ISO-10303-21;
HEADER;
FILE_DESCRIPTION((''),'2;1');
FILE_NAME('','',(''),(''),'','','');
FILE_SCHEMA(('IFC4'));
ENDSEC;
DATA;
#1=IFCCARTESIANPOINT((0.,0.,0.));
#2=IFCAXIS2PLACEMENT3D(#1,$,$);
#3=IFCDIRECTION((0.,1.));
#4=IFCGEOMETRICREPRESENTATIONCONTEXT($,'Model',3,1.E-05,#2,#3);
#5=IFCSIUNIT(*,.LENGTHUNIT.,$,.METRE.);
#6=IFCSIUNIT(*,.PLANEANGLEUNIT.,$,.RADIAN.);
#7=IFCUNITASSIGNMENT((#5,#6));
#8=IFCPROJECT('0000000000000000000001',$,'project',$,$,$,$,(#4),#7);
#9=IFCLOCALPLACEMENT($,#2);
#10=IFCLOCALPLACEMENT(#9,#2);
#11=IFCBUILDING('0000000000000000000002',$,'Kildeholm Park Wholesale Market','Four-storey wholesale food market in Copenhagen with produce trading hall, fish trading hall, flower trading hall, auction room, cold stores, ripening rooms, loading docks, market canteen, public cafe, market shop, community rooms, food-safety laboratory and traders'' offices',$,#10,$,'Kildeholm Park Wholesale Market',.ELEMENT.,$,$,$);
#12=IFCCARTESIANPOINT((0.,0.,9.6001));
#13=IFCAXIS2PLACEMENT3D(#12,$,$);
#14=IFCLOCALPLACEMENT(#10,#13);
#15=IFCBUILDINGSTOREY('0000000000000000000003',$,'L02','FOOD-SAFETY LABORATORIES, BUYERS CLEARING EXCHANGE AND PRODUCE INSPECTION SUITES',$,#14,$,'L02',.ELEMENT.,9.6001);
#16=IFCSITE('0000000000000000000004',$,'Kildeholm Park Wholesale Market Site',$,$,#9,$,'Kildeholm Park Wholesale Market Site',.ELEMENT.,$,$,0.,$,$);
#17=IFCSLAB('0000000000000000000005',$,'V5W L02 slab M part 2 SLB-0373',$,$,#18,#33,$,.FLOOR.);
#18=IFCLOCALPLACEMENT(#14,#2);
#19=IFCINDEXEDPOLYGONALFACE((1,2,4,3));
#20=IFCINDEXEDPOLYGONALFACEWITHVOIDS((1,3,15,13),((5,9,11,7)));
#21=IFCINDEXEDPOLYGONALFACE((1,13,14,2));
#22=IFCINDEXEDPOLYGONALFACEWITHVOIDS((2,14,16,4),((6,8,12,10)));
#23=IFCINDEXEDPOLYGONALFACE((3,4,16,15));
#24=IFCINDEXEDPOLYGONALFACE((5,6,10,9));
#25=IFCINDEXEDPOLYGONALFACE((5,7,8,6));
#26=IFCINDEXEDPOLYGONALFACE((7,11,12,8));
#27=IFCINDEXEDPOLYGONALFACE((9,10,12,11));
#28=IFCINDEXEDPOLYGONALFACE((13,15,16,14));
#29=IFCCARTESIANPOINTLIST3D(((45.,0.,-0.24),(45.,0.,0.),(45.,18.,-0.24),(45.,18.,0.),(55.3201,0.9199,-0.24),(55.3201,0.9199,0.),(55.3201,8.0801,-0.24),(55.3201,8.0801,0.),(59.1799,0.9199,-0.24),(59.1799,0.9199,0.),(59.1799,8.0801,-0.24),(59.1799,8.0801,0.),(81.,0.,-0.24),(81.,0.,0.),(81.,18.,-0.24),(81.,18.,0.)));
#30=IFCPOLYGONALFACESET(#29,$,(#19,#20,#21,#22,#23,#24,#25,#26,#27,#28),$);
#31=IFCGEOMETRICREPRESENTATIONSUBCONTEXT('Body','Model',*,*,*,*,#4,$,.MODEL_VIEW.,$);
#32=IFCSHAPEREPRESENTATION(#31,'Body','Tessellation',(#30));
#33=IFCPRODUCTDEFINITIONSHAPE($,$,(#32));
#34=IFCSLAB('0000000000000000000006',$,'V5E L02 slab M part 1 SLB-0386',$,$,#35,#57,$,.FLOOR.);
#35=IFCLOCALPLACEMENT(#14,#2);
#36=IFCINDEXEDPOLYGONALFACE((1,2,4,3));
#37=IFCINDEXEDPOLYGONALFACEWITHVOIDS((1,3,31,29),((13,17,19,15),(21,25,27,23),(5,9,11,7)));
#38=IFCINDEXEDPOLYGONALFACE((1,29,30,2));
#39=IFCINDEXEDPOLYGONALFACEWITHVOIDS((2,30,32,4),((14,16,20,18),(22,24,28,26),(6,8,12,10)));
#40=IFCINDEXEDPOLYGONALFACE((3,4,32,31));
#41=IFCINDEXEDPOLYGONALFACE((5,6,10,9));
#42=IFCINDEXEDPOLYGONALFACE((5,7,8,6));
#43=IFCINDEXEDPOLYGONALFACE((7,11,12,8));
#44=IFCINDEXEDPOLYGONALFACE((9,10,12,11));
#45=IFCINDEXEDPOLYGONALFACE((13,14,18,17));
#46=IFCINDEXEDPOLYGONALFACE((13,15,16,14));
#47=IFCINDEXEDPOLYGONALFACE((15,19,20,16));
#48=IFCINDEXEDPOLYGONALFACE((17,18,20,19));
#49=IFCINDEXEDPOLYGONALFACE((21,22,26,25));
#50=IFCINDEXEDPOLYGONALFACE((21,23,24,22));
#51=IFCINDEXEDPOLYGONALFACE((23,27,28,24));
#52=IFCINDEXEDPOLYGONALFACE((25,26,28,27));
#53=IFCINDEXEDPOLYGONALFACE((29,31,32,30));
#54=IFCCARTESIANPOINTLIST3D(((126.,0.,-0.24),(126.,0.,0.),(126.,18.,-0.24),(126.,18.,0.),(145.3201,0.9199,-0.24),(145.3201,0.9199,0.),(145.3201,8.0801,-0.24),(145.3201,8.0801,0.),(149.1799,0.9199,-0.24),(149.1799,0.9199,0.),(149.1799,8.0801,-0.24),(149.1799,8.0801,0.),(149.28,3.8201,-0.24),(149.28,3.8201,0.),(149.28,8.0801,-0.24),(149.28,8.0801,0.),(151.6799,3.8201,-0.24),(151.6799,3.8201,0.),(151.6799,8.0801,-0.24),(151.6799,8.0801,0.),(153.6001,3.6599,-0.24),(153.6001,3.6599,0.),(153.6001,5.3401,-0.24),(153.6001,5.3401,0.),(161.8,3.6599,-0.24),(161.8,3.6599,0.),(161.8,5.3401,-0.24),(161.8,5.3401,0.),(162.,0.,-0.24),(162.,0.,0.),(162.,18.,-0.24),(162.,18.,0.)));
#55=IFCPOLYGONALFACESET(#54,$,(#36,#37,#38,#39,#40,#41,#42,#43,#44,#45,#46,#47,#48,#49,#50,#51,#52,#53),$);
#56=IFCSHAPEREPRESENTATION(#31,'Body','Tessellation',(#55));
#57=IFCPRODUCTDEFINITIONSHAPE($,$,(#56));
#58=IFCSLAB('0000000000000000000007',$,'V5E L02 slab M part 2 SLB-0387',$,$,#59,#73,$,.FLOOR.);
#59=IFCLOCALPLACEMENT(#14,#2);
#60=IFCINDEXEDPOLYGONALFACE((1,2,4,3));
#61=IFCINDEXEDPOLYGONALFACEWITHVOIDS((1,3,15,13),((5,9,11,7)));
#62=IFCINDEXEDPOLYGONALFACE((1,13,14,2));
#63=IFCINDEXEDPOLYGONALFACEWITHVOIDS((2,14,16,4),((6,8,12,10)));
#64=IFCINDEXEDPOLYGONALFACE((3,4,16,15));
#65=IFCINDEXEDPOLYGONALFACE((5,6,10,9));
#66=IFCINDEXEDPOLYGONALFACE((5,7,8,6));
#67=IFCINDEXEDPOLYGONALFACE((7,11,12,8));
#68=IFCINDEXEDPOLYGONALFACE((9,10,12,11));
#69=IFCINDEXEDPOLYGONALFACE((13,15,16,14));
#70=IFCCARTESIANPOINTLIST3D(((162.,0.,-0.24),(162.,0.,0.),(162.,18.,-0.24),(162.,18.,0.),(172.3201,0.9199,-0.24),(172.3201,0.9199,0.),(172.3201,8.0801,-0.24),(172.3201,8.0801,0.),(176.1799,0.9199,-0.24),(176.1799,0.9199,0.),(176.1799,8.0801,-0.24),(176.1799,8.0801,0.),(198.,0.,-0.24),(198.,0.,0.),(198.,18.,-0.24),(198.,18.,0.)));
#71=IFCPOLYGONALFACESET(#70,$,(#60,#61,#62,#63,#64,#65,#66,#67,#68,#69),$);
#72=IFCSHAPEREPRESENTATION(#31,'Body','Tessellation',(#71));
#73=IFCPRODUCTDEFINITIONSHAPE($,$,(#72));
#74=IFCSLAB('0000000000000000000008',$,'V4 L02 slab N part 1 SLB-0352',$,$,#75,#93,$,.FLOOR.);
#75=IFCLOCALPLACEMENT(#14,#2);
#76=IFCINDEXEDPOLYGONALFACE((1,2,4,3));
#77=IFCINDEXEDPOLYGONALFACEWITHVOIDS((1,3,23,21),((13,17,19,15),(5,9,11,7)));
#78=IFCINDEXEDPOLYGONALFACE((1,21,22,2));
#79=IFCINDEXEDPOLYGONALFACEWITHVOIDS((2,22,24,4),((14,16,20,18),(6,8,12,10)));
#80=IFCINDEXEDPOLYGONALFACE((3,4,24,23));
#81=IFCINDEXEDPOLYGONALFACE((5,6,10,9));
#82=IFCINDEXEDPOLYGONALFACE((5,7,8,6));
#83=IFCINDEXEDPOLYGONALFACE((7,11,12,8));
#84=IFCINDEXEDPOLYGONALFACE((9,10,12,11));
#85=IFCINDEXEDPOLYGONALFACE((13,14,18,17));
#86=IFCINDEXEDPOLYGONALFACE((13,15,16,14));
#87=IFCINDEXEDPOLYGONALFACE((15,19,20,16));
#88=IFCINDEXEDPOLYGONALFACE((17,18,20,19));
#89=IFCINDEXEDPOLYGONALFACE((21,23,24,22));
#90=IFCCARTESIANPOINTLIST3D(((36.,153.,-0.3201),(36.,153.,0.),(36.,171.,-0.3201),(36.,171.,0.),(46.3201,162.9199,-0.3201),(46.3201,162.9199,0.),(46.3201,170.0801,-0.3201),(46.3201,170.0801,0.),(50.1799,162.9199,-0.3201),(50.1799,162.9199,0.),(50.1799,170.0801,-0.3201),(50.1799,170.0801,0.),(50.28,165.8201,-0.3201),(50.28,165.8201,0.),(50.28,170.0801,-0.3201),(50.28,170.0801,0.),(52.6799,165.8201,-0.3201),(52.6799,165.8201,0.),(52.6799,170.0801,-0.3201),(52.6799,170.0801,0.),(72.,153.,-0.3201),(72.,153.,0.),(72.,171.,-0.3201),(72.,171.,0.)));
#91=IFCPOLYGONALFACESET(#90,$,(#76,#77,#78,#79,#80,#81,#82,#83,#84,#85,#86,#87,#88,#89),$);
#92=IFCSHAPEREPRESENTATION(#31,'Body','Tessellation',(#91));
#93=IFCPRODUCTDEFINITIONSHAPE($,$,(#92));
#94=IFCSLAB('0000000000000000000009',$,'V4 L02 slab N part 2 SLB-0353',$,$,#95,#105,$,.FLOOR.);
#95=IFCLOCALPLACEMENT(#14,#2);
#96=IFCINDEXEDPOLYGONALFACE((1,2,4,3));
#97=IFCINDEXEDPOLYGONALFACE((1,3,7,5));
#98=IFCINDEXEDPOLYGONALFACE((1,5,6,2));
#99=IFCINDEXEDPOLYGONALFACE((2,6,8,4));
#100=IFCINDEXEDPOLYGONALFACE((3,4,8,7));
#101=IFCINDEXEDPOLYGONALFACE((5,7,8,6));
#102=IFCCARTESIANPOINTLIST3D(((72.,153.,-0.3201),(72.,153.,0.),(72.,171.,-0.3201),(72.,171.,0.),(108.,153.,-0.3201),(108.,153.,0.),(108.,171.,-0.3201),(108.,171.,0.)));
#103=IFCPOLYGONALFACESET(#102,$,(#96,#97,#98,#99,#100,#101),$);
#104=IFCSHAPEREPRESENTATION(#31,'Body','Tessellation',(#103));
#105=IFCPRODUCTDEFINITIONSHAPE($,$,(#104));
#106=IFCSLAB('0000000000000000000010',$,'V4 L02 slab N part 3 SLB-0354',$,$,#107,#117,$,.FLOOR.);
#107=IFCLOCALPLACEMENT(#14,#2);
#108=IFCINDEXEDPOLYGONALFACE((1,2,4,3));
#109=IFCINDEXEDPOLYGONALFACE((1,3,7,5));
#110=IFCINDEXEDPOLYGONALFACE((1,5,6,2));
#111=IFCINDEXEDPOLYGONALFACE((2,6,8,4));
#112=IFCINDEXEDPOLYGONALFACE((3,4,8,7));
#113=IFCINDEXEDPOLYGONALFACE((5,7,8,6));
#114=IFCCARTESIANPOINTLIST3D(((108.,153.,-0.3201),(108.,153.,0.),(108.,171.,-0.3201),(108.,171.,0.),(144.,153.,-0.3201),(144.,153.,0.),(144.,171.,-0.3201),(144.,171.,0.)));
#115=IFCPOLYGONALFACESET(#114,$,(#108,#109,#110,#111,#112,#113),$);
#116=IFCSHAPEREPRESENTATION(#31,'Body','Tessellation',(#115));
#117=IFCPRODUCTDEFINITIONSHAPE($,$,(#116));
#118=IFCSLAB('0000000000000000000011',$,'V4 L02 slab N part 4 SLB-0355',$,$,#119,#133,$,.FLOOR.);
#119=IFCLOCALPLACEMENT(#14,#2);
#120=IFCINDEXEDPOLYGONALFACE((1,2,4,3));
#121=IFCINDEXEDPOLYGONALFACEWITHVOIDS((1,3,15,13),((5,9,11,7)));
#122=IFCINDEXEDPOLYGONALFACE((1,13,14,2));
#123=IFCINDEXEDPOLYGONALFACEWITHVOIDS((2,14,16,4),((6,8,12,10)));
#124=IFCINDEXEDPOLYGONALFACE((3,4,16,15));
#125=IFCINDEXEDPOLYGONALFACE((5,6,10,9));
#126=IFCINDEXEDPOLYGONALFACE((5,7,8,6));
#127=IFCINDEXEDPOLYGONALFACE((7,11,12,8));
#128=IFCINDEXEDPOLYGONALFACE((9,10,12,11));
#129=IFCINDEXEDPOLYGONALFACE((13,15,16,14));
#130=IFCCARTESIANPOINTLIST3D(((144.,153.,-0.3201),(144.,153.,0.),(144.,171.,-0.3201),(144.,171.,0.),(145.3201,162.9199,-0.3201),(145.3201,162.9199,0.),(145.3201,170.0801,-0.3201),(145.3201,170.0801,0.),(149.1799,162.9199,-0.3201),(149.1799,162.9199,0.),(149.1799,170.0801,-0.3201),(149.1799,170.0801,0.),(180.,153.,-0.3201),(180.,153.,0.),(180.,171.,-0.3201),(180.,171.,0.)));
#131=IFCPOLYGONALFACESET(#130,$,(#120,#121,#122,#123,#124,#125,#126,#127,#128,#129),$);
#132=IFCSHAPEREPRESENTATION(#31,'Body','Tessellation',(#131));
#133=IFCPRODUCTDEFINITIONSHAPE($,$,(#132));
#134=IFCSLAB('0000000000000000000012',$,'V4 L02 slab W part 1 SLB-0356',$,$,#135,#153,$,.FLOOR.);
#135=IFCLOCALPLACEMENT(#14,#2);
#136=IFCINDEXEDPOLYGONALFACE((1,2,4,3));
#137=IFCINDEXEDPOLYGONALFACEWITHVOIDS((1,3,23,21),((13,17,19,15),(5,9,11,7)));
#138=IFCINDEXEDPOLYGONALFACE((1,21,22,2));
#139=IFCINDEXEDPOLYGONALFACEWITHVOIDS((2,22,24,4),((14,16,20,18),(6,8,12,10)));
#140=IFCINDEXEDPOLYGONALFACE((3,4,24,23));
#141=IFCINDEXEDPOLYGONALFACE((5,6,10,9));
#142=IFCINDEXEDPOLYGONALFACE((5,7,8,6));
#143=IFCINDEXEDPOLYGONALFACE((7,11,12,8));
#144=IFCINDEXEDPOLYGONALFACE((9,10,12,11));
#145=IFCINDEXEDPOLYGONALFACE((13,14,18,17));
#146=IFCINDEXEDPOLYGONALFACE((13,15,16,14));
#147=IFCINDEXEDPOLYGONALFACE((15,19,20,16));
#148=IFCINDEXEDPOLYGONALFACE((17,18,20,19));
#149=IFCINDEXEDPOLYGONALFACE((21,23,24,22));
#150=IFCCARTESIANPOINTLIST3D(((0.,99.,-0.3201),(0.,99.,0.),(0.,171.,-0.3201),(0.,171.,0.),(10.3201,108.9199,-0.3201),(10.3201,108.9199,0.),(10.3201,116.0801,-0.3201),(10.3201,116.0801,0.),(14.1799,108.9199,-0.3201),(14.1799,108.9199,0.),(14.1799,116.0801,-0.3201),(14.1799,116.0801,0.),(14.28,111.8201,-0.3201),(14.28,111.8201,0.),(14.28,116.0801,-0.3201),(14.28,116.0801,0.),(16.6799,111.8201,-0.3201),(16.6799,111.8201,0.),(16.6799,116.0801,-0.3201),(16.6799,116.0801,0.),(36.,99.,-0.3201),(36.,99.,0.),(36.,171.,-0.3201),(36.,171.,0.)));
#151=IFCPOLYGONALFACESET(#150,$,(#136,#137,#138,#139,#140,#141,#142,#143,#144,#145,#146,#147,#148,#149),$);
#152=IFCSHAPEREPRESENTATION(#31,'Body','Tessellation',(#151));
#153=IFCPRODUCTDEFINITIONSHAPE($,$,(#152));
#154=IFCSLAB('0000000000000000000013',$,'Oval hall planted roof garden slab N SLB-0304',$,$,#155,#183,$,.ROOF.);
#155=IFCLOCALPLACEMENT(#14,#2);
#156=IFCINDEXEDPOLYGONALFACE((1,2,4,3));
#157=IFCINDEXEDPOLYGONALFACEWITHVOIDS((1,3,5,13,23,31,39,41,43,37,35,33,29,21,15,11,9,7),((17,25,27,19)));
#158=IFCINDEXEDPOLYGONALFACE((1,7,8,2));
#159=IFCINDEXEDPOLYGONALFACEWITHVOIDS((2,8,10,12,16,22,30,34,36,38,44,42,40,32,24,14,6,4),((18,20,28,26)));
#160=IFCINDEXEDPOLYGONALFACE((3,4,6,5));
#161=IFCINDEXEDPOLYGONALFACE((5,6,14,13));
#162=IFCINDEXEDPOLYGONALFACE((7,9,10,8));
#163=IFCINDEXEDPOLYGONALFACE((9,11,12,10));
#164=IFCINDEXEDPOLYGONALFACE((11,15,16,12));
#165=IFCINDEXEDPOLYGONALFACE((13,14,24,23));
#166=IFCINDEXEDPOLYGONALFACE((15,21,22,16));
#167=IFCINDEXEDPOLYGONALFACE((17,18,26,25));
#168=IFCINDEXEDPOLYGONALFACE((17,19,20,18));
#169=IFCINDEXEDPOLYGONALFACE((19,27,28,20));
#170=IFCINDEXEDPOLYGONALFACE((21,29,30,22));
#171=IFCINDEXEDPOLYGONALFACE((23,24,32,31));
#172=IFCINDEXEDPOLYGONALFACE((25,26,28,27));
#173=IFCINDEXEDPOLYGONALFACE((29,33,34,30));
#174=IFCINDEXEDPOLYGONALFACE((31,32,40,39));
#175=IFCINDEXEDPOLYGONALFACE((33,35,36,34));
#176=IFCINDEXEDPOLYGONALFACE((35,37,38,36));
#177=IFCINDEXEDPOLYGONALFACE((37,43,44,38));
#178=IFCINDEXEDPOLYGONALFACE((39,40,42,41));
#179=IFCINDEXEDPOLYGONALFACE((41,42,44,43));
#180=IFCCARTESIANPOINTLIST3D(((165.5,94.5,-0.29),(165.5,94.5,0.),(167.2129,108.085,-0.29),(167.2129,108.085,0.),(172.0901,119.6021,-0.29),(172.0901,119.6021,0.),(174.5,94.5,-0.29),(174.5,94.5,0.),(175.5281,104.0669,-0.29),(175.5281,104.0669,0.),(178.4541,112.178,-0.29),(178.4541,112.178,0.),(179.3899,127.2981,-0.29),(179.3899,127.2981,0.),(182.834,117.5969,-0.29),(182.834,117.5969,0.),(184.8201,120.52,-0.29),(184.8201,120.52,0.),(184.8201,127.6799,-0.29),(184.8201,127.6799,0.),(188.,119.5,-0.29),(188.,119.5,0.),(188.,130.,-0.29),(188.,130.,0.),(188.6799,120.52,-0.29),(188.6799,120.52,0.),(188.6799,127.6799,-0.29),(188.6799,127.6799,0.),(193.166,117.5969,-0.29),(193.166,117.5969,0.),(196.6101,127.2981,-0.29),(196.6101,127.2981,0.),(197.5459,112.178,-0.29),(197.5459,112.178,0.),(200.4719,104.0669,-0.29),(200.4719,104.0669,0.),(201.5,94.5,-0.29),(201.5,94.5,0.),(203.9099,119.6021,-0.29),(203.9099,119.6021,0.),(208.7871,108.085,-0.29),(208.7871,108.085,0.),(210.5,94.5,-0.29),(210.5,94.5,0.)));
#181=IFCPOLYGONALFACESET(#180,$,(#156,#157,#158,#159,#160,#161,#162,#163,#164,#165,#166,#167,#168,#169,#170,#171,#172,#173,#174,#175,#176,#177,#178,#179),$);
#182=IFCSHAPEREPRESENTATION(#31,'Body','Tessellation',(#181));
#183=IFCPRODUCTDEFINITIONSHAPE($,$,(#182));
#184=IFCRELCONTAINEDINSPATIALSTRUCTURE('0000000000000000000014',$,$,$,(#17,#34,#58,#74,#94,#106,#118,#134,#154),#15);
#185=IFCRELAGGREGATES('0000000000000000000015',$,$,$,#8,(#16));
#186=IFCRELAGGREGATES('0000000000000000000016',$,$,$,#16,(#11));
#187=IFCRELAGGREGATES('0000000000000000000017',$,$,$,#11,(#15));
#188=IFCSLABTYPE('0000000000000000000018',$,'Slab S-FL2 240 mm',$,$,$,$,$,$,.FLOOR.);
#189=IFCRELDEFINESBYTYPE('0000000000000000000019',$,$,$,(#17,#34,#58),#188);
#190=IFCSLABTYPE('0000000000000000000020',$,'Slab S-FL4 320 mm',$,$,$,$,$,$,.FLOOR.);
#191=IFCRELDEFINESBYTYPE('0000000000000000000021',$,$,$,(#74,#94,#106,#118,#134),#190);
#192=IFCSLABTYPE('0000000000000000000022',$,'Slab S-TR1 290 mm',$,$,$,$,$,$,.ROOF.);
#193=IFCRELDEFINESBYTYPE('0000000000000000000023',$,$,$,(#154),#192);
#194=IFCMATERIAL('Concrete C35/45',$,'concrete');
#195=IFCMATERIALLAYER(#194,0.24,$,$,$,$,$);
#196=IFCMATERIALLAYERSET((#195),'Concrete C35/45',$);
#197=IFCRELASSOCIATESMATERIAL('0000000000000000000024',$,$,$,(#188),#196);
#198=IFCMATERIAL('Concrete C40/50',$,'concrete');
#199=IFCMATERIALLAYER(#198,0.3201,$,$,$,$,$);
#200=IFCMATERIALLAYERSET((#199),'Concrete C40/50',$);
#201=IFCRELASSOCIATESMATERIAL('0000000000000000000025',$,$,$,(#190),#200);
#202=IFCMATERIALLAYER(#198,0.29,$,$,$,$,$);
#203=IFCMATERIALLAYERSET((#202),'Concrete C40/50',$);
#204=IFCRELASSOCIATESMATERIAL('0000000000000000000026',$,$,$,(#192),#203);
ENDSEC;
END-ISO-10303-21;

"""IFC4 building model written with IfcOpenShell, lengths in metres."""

from ifc_helpers import new_model, si_unit, direction, frame, origin, place, context, subcontext, project, spatial, polyline, outline, extrude, material, layer, layer_set, type_object, element, save


model = new_model("IFC4")

# Units and contexts
model_context = context("Model", 3, precision=1e-05, world=origin(), true_north=direction((0.0, 1.0)))
body_context = subcontext(model_context, "Body", "Model", "MODEL_VIEW")
ifc_project = project(units=[si_unit("LENGTHUNIT", "METRE"), si_unit("PLANEANGLEUNIT", "RADIAN")], contexts=[model_context])

# Site, building, storey
site_placement = place(None, origin())
site = spatial("IfcSite", under=ifc_project, at=site_placement, Name="Kildeholm Park Wholesale Market Site", LongName="Kildeholm Park Wholesale Market Site", CompositionType="ELEMENT", RefElevation=0.0)
building_placement = place(site_placement, origin())
building = spatial("IfcBuilding", under=site, at=building_placement, Name="Kildeholm Park Wholesale Market", Description="Four-storey wholesale food market in Copenhagen with produce trading hall, fish trading hall, flower trading hall, auction room, cold stores, ripening rooms, loading docks, market canteen, public cafe, market shop, community rooms, food-safety laboratory and traders' offices", LongName="Kildeholm Park Wholesale Market", CompositionType="ELEMENT")
storey_placement = place(building_placement, frame((0.0, 0.0, 9.6001)))
storey = spatial("IfcBuildingStorey", under=building, at=storey_placement, Name="L02", Description="FOOD-SAFETY LABORATORIES, BUYERS CLEARING EXCHANGE AND PRODUCE INSPECTION SUITES", LongName="L02", CompositionType="ELEMENT", Elevation=9.6001)

# Slabs
ifc_material_1 = material(Name="Concrete C35/45", Category="concrete")
ifc_layer_1 = layer(ifc_material_1, 0.24)
ifc_layer_set_1 = layer_set([ifc_layer_1], Name="Concrete C35/45")
slab_type_1 = type_object("IfcSlabType", Name="Slab S-FL2 240 mm", PredefinedType="FLOOR", material=ifc_layer_set_1)
slab_1_placement = place(storey_placement, frame((0.0, 0.0, -0.24)))
element("IfcSlab", 1, at=slab_1_placement, inside=storey, type_object=slab_type_1, Name="V5W L02 slab M part 2 SLB-0373", PredefinedType="FLOOR", context=body_context, shape_type="SweptSolid", body=[
    extrude(outline(polyline([(45.0, 18.0), (81.0, 18.0), (81.0, 0.0), (45.0, 0.0), (45.0, 18.0)]), holes=[polyline([(59.1799, 8.0801), (55.3201, 8.0801), (55.3201, 0.9199), (59.1799, 0.9199), (59.1799, 8.0801)])]), origin(), (0.0, 0.0, 1.0), 0.24),
])
slab_2_placement = place(storey_placement, frame((0.0, 0.0, -0.24)))
element("IfcSlab", 2, at=slab_2_placement, inside=storey, type_object=slab_type_1, Name="V5E L02 slab M part 1 SLB-0386", PredefinedType="FLOOR", context=body_context, shape_type="SweptSolid", body=[
    extrude(outline(polyline([(126.0, 18.0), (162.0, 18.0), (162.0, 0.0), (126.0, 0.0), (126.0, 18.0)]), holes=[polyline([(149.1799, 8.0801), (145.3201, 8.0801), (145.3201, 0.9199), (149.1799, 0.9199), (149.1799, 8.0801)]), polyline([(161.8, 5.3401), (153.6001, 5.3401), (153.6001, 3.6599), (161.8, 3.6599), (161.8, 5.3401)]), polyline([(151.6799, 3.8201), (151.6799, 8.0801), (149.28, 8.0801), (149.28, 3.8201), (151.6799, 3.8201)])]), origin(), (0.0, 0.0, 1.0), 0.24),
])
slab_3_placement = place(storey_placement, frame((0.0, 0.0, -0.24)))
element("IfcSlab", 3, at=slab_3_placement, inside=storey, type_object=slab_type_1, Name="V5E L02 slab M part 2 SLB-0387", PredefinedType="FLOOR", context=body_context, shape_type="SweptSolid", body=[
    extrude(outline(polyline([(162.0, 18.0), (198.0, 18.0), (198.0, 0.0), (162.0, 0.0), (162.0, 18.0)]), holes=[polyline([(176.1799, 8.0801), (172.3201, 8.0801), (172.3201, 0.9199), (176.1799, 0.9199), (176.1799, 8.0801)])]), origin(), (0.0, 0.0, 1.0), 0.24),
])
ifc_material_2 = material(Name="Concrete C40/50", Category="concrete")
ifc_layer_2 = layer(ifc_material_2, 0.3201)
ifc_layer_set_2 = layer_set([ifc_layer_2], Name="Concrete C40/50")
slab_type_2 = type_object("IfcSlabType", Name="Slab S-FL4 320 mm", PredefinedType="FLOOR", material=ifc_layer_set_2)
slab_4_placement = place(storey_placement, frame((0.0, 0.0, -0.3201)))
element("IfcSlab", 4, at=slab_4_placement, inside=storey, type_object=slab_type_2, Name="V4 L02 slab N part 1 SLB-0352", PredefinedType="FLOOR", context=body_context, shape_type="SweptSolid", body=[
    extrude(outline(polyline([(36.0, 171.0), (72.0, 171.0), (72.0, 153.0), (36.0, 153.0), (36.0, 171.0)]), holes=[polyline([(50.1799, 162.9199), (50.1799, 170.0801), (46.3201, 170.0801), (46.3201, 162.9199), (50.1799, 162.9199)]), polyline([(52.6799, 165.8201), (52.6799, 170.0801), (50.28, 170.0801), (50.28, 165.8201), (52.6799, 165.8201)])]), origin(), (0.0, 0.0, 1.0), 0.3201),
])
slab_5_placement = place(storey_placement, frame((0.0, 0.0, -0.3201)))
element("IfcSlab", 5, at=slab_5_placement, inside=storey, type_object=slab_type_2, Name="V4 L02 slab N part 2 SLB-0353", PredefinedType="FLOOR", context=body_context, shape_type="SweptSolid", body=[
    extrude(outline(polyline([(72.0, 171.0), (108.0, 171.0), (108.0, 153.0), (72.0, 153.0), (72.0, 171.0)])), origin(), (0.0, 0.0, 1.0), 0.3201),
])
slab_6_placement = place(storey_placement, frame((0.0, 0.0, -0.3201)))
element("IfcSlab", 6, at=slab_6_placement, inside=storey, type_object=slab_type_2, Name="V4 L02 slab N part 3 SLB-0354", PredefinedType="FLOOR", context=body_context, shape_type="SweptSolid", body=[
    extrude(outline(polyline([(108.0, 171.0), (144.0, 171.0), (144.0, 153.0), (108.0, 153.0), (108.0, 171.0)])), origin(), (0.0, 0.0, 1.0), 0.3201),
])
slab_7_placement = place(storey_placement, frame((0.0, 0.0, -0.3201)))
element("IfcSlab", 7, at=slab_7_placement, inside=storey, type_object=slab_type_2, Name="V4 L02 slab N part 4 SLB-0355", PredefinedType="FLOOR", context=body_context, shape_type="SweptSolid", body=[
    extrude(outline(polyline([(144.0, 171.0), (180.0, 171.0), (180.0, 153.0), (144.0, 153.0), (144.0, 171.0)]), holes=[polyline([(149.1799, 162.9199), (149.1799, 170.0801), (145.3201, 170.0801), (145.3201, 162.9199), (149.1799, 162.9199)])]), origin(), (0.0, 0.0, 1.0), 0.3201),
])
slab_8_placement = place(storey_placement, frame((0.0, 0.0, -0.3201)))
element("IfcSlab", 8, at=slab_8_placement, inside=storey, type_object=slab_type_2, Name="V4 L02 slab W part 1 SLB-0356", PredefinedType="FLOOR", context=body_context, shape_type="SweptSolid", body=[
    extrude(outline(polyline([(0.0, 171.0), (36.0, 171.0), (36.0, 99.0), (0.0, 99.0), (0.0, 171.0)]), holes=[polyline([(14.1799, 108.9199), (14.1799, 116.0801), (10.3201, 116.0801), (10.3201, 108.9199), (14.1799, 108.9199)]), polyline([(16.6799, 116.0801), (14.28, 116.0801), (14.28, 111.8201), (16.6799, 111.8201), (16.6799, 116.0801)])]), origin(), (0.0, 0.0, 1.0), 0.3201),
])
ifc_layer_3 = layer(ifc_material_2, 0.29)
ifc_layer_set_3 = layer_set([ifc_layer_3], Name="Concrete C40/50")
slab_type_3 = type_object("IfcSlabType", Name="Slab S-TR1 290 mm", PredefinedType="ROOF", material=ifc_layer_set_3)
slab_9_placement = place(storey_placement, frame((0.0, 0.0, -0.29)))
element("IfcSlab", 9, at=slab_9_placement, inside=storey, type_object=slab_type_3, Name="Oval hall planted roof garden slab N SLB-0304", PredefinedType="ROOF", context=body_context, shape_type="SweptSolid", body=[
    extrude(outline(polyline([(201.5, 94.5), (200.4719, 104.0669), (197.5459, 112.178), (193.166, 117.5969), (188.0, 119.5), (182.834, 117.5969), (178.4541, 112.178), (175.5281, 104.0669), (174.5, 94.5), (165.5, 94.5), (167.2129, 108.085), (172.0901, 119.6021), (179.3899, 127.2981), (188.0, 130.0), (196.6101, 127.2981), (203.9099, 119.6021), (208.7871, 108.085), (210.5, 94.5), (201.5, 94.5)]), holes=[polyline([(188.6799, 120.52), (188.6799, 127.6799), (184.8201, 127.6799), (184.8201, 120.52), (188.6799, 120.52)])]), origin(), (0.0, 0.0, 1.0), 0.29),
])

save(model, "model.ifc")
